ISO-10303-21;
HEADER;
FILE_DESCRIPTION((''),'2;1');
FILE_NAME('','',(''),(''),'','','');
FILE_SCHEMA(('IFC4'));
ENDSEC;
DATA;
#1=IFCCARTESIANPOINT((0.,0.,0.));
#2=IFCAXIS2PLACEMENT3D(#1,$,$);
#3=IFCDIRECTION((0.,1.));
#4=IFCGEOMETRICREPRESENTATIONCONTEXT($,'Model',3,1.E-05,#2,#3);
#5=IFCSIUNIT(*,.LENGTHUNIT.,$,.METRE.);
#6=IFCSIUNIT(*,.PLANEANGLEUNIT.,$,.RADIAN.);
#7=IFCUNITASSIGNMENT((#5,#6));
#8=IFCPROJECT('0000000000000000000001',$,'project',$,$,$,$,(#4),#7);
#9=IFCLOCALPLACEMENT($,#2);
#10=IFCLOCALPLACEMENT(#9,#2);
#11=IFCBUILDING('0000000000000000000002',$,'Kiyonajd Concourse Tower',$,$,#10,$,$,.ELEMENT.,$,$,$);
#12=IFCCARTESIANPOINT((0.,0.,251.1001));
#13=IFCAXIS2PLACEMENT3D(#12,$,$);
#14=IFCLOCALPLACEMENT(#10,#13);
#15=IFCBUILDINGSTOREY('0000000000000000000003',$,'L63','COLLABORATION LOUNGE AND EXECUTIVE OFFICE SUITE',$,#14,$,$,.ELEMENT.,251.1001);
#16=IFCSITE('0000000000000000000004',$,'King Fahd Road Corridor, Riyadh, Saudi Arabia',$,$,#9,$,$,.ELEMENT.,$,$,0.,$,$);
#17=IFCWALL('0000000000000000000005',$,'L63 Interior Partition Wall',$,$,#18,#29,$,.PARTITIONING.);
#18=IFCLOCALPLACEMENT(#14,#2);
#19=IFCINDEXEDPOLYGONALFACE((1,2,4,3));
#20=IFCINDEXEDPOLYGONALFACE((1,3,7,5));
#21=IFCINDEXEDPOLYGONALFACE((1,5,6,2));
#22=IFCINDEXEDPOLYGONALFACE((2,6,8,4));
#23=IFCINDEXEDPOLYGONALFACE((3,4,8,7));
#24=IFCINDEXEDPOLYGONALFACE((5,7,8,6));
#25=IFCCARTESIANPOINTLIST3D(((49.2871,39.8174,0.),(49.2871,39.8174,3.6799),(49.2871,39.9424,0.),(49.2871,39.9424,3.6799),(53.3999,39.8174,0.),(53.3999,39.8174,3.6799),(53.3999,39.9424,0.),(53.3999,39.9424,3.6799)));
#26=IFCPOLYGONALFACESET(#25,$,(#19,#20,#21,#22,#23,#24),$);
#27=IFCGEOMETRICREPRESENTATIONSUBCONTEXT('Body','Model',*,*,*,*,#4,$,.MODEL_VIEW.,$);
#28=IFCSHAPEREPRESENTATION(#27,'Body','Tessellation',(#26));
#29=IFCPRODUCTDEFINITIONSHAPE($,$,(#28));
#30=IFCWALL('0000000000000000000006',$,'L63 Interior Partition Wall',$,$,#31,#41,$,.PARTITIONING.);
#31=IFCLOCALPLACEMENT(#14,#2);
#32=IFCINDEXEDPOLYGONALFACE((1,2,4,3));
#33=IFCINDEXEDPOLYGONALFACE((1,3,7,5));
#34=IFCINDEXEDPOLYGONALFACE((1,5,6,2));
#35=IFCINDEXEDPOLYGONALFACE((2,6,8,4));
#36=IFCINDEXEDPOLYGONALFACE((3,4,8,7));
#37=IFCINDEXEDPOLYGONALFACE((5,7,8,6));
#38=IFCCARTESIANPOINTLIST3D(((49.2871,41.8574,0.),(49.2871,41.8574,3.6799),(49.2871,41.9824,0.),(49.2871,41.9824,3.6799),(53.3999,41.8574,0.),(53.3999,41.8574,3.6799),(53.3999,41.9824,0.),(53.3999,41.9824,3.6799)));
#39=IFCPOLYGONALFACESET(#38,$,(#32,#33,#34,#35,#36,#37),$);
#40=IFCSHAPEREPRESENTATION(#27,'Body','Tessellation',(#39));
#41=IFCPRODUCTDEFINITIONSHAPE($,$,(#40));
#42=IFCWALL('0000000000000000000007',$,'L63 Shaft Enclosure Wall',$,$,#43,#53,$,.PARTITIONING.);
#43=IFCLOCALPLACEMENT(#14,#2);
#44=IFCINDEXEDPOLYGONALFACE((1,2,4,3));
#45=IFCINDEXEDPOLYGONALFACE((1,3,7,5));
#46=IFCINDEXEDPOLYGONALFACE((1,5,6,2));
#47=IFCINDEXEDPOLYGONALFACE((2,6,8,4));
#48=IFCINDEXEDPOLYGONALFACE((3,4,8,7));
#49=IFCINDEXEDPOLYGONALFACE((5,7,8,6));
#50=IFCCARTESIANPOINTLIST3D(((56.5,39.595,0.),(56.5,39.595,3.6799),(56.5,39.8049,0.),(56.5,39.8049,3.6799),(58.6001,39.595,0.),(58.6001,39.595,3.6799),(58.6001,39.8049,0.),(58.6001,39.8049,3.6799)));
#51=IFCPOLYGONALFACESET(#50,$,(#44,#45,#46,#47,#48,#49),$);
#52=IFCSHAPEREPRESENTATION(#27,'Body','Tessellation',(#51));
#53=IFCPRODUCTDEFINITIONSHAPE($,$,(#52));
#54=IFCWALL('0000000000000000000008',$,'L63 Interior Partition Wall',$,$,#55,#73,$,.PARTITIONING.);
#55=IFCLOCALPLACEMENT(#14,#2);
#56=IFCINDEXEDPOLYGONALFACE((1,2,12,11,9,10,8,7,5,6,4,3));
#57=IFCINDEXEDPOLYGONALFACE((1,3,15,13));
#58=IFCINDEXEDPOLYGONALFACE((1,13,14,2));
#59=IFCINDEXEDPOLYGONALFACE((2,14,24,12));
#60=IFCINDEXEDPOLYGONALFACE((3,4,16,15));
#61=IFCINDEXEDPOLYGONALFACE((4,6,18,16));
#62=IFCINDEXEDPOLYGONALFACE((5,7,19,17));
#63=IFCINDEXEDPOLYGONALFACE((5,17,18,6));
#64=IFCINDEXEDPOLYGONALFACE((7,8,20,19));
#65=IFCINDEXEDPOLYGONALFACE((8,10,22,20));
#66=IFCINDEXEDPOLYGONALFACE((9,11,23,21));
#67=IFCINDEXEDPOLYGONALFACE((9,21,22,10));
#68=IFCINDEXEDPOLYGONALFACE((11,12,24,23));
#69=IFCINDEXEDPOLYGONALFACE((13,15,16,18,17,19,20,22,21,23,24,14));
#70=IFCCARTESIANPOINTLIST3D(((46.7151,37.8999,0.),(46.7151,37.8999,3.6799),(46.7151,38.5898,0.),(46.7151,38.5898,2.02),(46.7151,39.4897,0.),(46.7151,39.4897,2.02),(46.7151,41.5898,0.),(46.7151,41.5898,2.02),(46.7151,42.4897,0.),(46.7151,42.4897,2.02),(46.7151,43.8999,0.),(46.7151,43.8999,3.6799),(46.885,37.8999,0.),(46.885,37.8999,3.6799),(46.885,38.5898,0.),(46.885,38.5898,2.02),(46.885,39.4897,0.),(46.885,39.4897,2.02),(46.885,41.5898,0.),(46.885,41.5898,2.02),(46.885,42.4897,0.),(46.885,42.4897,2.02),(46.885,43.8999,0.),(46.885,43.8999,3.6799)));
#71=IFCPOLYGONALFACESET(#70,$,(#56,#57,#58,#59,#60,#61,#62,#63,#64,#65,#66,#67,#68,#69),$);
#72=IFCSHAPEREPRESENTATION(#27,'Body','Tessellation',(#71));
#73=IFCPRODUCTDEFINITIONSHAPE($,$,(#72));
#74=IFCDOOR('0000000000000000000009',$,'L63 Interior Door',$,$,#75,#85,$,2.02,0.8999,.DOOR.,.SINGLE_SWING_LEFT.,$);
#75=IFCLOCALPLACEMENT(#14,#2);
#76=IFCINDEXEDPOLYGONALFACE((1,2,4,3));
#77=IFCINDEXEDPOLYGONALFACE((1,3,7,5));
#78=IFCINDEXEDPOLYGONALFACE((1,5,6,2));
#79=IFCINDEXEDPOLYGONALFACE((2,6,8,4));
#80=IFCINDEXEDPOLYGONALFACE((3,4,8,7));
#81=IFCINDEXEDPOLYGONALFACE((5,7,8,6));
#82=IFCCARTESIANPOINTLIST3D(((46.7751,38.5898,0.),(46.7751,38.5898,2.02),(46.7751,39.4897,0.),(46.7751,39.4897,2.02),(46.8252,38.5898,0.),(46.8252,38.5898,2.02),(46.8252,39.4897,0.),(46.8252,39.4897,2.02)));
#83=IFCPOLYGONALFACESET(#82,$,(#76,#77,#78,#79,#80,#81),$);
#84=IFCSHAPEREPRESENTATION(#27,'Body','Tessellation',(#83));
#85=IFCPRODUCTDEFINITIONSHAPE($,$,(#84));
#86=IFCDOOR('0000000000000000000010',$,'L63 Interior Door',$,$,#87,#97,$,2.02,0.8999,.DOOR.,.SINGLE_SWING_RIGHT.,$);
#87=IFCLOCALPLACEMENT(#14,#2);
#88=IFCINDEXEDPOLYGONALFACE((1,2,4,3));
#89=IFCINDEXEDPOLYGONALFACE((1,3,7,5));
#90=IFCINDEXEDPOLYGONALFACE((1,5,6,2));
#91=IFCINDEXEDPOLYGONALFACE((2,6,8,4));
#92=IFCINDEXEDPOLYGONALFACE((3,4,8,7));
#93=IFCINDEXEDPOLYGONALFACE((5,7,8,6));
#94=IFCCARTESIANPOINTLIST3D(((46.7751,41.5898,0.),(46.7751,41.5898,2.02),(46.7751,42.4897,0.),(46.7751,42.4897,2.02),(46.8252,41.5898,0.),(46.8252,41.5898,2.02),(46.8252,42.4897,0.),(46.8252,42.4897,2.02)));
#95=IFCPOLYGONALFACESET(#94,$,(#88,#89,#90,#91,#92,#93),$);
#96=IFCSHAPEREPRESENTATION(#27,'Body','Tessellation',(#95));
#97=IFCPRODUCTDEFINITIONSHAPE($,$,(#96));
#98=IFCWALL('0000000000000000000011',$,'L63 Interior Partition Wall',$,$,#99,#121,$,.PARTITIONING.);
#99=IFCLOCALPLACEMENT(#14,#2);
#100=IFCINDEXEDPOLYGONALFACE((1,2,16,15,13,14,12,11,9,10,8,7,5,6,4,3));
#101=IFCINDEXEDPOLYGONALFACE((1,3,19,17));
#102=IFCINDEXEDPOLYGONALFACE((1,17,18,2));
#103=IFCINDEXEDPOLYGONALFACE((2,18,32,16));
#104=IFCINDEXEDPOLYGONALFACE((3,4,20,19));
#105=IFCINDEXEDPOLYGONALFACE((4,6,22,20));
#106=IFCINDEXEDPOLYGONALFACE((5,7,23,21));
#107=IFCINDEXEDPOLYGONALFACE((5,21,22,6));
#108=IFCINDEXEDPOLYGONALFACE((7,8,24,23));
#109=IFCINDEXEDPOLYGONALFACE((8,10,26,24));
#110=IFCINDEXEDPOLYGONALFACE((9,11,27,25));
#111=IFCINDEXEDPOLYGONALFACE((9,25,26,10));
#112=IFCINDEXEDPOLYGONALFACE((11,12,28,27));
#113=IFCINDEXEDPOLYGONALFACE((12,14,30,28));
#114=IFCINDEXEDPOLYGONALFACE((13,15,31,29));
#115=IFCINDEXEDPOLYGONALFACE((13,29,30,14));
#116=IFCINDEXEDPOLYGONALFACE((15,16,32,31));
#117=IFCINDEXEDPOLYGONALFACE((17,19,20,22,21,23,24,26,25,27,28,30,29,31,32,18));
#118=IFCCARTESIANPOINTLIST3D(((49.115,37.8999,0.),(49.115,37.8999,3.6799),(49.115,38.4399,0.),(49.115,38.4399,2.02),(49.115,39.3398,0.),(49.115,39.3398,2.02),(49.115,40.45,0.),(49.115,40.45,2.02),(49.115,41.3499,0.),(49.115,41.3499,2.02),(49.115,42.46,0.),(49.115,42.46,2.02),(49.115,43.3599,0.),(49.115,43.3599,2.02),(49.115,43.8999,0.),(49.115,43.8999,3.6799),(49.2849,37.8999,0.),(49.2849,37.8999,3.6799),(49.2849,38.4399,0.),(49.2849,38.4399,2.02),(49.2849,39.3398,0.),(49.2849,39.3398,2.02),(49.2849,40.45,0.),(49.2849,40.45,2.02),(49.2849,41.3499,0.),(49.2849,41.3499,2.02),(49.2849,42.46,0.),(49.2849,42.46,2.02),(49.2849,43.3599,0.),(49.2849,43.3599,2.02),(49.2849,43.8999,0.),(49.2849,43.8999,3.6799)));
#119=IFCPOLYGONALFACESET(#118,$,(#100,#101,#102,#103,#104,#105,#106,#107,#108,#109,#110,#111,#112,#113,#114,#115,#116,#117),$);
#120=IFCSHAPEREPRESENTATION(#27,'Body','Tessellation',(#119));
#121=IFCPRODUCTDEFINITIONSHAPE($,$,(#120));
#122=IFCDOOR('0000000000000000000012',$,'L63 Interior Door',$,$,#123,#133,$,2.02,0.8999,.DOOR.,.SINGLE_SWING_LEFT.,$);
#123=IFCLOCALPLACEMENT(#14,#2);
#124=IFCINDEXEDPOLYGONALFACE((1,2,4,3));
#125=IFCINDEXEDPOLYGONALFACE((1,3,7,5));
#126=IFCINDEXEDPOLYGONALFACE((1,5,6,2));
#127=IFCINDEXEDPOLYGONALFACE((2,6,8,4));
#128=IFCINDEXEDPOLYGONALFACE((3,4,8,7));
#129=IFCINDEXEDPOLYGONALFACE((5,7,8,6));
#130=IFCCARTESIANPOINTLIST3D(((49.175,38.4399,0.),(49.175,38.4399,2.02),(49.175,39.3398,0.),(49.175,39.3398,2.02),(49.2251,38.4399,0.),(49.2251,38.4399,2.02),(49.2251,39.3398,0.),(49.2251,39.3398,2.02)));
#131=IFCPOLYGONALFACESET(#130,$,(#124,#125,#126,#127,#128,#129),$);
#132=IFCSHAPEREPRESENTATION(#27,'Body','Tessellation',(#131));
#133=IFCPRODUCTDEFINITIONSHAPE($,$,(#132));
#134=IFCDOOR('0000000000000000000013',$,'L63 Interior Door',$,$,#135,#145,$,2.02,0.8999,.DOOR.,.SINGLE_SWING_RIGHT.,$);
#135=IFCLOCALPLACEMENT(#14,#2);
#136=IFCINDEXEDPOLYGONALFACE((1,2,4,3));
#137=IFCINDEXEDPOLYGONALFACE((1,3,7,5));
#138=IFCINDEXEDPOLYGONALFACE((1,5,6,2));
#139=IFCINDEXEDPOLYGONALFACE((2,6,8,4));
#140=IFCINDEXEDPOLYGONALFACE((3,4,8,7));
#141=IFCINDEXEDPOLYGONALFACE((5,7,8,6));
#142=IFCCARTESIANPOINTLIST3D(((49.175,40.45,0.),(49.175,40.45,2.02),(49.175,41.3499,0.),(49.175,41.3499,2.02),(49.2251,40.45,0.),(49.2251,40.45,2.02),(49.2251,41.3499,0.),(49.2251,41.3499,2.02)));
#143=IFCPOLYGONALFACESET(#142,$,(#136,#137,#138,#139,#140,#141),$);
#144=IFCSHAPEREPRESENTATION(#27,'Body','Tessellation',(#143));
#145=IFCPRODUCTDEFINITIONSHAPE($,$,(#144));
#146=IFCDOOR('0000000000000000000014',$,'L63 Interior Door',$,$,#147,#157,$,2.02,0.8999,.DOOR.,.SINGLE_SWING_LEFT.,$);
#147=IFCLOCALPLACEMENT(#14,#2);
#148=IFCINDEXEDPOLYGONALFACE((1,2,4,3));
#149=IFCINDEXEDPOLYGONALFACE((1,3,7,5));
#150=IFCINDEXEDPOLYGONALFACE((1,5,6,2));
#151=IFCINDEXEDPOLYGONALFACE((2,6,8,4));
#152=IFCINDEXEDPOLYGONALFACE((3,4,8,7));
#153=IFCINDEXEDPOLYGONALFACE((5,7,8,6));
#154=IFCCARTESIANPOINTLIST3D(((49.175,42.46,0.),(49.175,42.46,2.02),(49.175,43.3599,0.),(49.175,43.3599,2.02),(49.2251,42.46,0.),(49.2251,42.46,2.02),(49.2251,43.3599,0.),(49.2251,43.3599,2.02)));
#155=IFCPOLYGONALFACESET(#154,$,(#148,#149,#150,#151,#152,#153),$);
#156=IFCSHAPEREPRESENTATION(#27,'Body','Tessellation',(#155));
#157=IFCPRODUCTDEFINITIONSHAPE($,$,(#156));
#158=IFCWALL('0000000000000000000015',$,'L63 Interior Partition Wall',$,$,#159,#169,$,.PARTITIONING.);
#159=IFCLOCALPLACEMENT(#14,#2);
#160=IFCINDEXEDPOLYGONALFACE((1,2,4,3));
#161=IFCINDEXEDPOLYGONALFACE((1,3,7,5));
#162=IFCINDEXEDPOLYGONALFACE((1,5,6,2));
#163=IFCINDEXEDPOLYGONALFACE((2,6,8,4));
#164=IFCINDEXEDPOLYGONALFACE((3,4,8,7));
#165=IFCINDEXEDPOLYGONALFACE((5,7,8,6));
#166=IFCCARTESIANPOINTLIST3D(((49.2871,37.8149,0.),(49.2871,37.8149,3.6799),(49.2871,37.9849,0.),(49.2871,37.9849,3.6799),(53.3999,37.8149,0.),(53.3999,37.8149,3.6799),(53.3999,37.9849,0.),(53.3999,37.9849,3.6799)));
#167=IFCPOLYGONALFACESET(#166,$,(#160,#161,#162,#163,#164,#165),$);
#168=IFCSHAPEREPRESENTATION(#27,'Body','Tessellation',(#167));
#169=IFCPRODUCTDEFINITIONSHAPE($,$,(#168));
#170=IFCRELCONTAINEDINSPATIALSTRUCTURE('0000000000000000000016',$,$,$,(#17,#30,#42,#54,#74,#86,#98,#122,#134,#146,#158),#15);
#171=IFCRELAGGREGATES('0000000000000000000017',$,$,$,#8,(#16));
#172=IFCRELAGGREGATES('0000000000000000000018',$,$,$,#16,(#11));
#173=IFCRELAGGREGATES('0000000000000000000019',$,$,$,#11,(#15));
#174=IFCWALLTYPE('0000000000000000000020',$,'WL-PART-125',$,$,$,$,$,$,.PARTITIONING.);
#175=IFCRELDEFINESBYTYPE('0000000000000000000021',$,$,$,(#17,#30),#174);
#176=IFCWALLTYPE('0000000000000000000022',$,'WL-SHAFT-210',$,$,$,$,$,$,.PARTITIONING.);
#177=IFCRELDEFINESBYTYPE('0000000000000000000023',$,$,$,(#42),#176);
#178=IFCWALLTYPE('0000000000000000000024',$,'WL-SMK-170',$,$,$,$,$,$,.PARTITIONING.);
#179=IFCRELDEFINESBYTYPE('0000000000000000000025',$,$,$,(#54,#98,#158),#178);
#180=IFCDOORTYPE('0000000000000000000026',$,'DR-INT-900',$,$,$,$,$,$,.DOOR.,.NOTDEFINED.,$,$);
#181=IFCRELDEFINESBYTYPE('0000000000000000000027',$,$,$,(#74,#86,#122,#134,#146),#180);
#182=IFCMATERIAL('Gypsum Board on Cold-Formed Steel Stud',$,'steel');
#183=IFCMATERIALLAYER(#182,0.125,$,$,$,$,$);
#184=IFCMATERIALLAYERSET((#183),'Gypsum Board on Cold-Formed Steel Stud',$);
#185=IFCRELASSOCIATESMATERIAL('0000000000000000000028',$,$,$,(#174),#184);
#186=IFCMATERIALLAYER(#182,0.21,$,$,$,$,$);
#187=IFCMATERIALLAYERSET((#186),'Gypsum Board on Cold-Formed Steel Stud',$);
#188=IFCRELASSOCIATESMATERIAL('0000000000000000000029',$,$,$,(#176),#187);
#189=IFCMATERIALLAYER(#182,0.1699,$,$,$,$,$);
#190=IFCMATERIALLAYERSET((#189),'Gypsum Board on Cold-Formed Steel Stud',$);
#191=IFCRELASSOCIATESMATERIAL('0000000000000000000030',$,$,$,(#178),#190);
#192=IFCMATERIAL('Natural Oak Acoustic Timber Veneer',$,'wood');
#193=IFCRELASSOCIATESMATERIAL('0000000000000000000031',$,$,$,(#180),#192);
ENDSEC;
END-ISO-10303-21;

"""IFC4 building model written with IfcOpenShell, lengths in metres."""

from ifc_helpers import new_model, si_unit, direction, frame, frame_2d, origin, place, context, subcontext, project, spatial, rectangle, extrude, material, layer, layer_set, type_object, element, fill, save


model = new_model("IFC4")

# Units and contexts
model_context = context("Model", 3, precision=1e-05, world=origin(), true_north=direction((0.0, 1.0)))
body_context = subcontext(model_context, "Body", "Model", "MODEL_VIEW")
ifc_project = project(units=[si_unit("LENGTHUNIT", "METRE"), si_unit("PLANEANGLEUNIT", "RADIAN")], contexts=[model_context])

# Site, building, storey
site_placement = place(None, origin())
site = spatial("IfcSite", under=ifc_project, at=site_placement, Name="King Fahd Road Corridor, Riyadh, Saudi Arabia", CompositionType="ELEMENT", RefElevation=0.0)
building_placement = place(site_placement, origin())
building = spatial("IfcBuilding", under=site, at=building_placement, Name="Kiyonajd Concourse Tower", CompositionType="ELEMENT")
storey_placement = place(building_placement, frame((0.0, 0.0, 251.1001)))
storey = spatial("IfcBuildingStorey", under=building, at=storey_placement, Name="L63", Description="COLLABORATION LOUNGE AND EXECUTIVE OFFICE SUITE", CompositionType="ELEMENT", Elevation=251.1001)

# Walls
ifc_material_1 = material(Name="Gypsum Board on Cold-Formed Steel Stud", Category="steel")
ifc_layer_1 = layer(ifc_material_1, 0.125)
ifc_layer_set_1 = layer_set([ifc_layer_1], Name="Gypsum Board on Cold-Formed Steel Stud")
wall_type_1 = type_object("IfcWallType", Name="WL-PART-125", PredefinedType="PARTITIONING", material=ifc_layer_set_1)
for number, where, z_axis, x_axis, name in (
    (1, (49.2871, 39.8799, 0.0), (0.0, 0.0, 1.0), (1.0, 0.0, 0.0), "L63 Interior Partition Wall"),
    (2, (49.2871, 41.9199, 0.0), (0.0, 0.0, 1.0), (1.0, 0.0, 0.0), "L63 Interior Partition Wall"),
):
    element("IfcWall", number, at=place(storey_placement, frame(where, z_axis=z_axis, x_axis=x_axis)), inside=storey, type_object=wall_type_1, Name=name, PredefinedType="PARTITIONING", context=body_context, shape_type="SweptSolid", body=[
        extrude(rectangle(XDim=4.1128, YDim=0.125, at=frame_2d((2.0564, 0.0))), origin(), (0.0, 0.0, 1.0), 3.6799),
    ])
ifc_layer_2 = layer(ifc_material_1, 0.21)
ifc_layer_set_2 = layer_set([ifc_layer_2], Name="Gypsum Board on Cold-Formed Steel Stud")
wall_type_2 = type_object("IfcWallType", Name="WL-SHAFT-210", PredefinedType="PARTITIONING", material=ifc_layer_set_2)
wall_1_placement = place(storey_placement, frame((56.5, 39.7, 0.0), z_axis=(0.0, 0.0, 1.0), x_axis=(1.0, 0.0, 0.0)))
element("IfcWall", 3, at=wall_1_placement, inside=storey, type_object=wall_type_2, Name="L63 Shaft Enclosure Wall", PredefinedType="PARTITIONING", context=body_context, shape_type="SweptSolid", body=[
    extrude(rectangle(XDim=2.1001, YDim=0.21, at=frame_2d((1.05, 0.0))), origin(), (0.0, 0.0, 1.0), 3.6799),
])

# Walls, openings, doors
ifc_layer_3 = layer(ifc_material_1, 0.1699)
ifc_layer_set_3 = layer_set([ifc_layer_3], Name="Gypsum Board on Cold-Formed Steel Stud")
wall_type_3 = type_object("IfcWallType", Name="WL-SMK-170", PredefinedType="PARTITIONING", material=ifc_layer_set_3)
wall_2_placement = place(storey_placement, frame((46.8, 37.8999, 0.0), z_axis=(0.0, 0.0, 1.0), x_axis=(0.0, 1.0, 0.0)))
wall_2 = element("IfcWall", 4, at=wall_2_placement, inside=storey, type_object=wall_type_3, Name="L63 Interior Partition Wall", PredefinedType="PARTITIONING", context=body_context, shape_type="SweptSolid", body=[
    extrude(rectangle(XDim=6.0, YDim=0.1699, at=frame_2d((3.0, 0.0))), origin(), (0.0, 0.0, 1.0), 3.6799),
])
opening_1_placement = place(wall_2_placement, frame((0.6899, 0.0, 0.0)))
opening_1 = element("IfcOpeningElement", 5, at=opening_1_placement, cuts=wall_2, PredefinedType="OPENING", context=body_context, shape_type="SweptSolid", body=[
    extrude(rectangle(XDim=0.8999, YDim=2.02, at=frame_2d((0.45, 1.01))), frame((0.0, 0.095, 0.0), z_axis=(0.0, -1.0, 0.0), x_axis=(1.0, 0.0, 0.0)), (0.0, 0.0, 1.0), 0.1899),
])
opening_2_placement = place(wall_2_placement, frame((3.6899, 0.0, 0.0)))
opening_2 = element("IfcOpeningElement", 6, at=opening_2_placement, cuts=wall_2, PredefinedType="OPENING", context=body_context, shape_type="SweptSolid", body=[
    extrude(rectangle(XDim=0.8999, YDim=2.02, at=frame_2d((0.45, 1.01))), frame((0.0, 0.095, 0.0), z_axis=(0.0, -1.0, 0.0), x_axis=(1.0, 0.0, 0.0)), (0.0, 0.0, 1.0), 0.1899),
])
ifc_material_2 = material(Name="Natural Oak Acoustic Timber Veneer", Category="wood")
door_type_1 = type_object("IfcDoorType", Name="DR-INT-900", OperationType="NOTDEFINED", PredefinedType="DOOR", material=ifc_material_2)
door_1_placement = place(opening_1_placement, origin())
door_1 = element("IfcDoor", 7, at=door_1_placement, inside=storey, type_object=door_type_1, Name="L63 Interior Door", OperationType="SINGLE_SWING_LEFT", OverallHeight=2.02, OverallWidth=0.8999, PredefinedType="DOOR", context=body_context, shape_type="SweptSolid", body=[
    extrude(rectangle(XDim=0.8999, YDim=2.02, at=frame_2d((0.45, 1.01))), frame((0.0, 0.0249, 0.0), z_axis=(0.0, -1.0, 0.0), x_axis=(1.0, 0.0, 0.0)), (0.0, 0.0, 1.0), 0.05),
])
fill(opening_1, door_1)
door_2_placement = place(opening_2_placement, origin())
door_2 = element("IfcDoor", 8, at=door_2_placement, inside=storey, type_object=door_type_1, Name="L63 Interior Door", OperationType="SINGLE_SWING_RIGHT", OverallHeight=2.02, OverallWidth=0.8999, PredefinedType="DOOR", context=body_context, shape_type="SweptSolid", body=[
    extrude(rectangle(XDim=0.8999, YDim=2.02, at=frame_2d((0.45, 1.01))), frame((0.0, 0.0249, 0.0), z_axis=(0.0, -1.0, 0.0), x_axis=(1.0, 0.0, 0.0)), (0.0, 0.0, 1.0), 0.05),
])
fill(opening_2, door_2)
wall_3_placement = place(storey_placement, frame((49.2, 37.8999, 0.0), z_axis=(0.0, 0.0, 1.0), x_axis=(0.0, 1.0, 0.0)))
wall_3 = element("IfcWall", 9, at=wall_3_placement, inside=storey, type_object=wall_type_3, Name="L63 Interior Partition Wall", PredefinedType="PARTITIONING", context=body_context, shape_type="SweptSolid", body=[
    extrude(rectangle(XDim=6.0, YDim=0.1699, at=frame_2d((3.0, 0.0))), origin(), (0.0, 0.0, 1.0), 3.6799),
])
opening_3_placement = place(wall_3_placement, frame((0.54, 0.0, 0.0)))
opening_3 = element("IfcOpeningElement", 10, at=opening_3_placement, cuts=wall_3, PredefinedType="OPENING", context=body_context, shape_type="SweptSolid", body=[
    extrude(rectangle(XDim=0.8999, YDim=2.02, at=frame_2d((0.45, 1.01))), frame((0.0, 0.095, 0.0), z_axis=(0.0, -1.0, 0.0), x_axis=(1.0, 0.0, 0.0)), (0.0, 0.0, 1.0), 0.1899),
])
opening_4_placement = place(wall_3_placement, frame((2.55, 0.0, 0.0)))
opening_4 = element("IfcOpeningElement", 11, at=opening_4_placement, cuts=wall_3, PredefinedType="OPENING", context=body_context, shape_type="SweptSolid", body=[
    extrude(rectangle(XDim=0.8999, YDim=2.02, at=frame_2d((0.45, 1.01))), frame((0.0, 0.095, 0.0), z_axis=(0.0, -1.0, 0.0), x_axis=(1.0, 0.0, 0.0)), (0.0, 0.0, 1.0), 0.1899),
])
opening_5_placement = place(wall_3_placement, frame((4.5601, 0.0, 0.0)))
opening_5 = element("IfcOpeningElement", 12, at=opening_5_placement, cuts=wall_3, PredefinedType="OPENING", context=body_context, shape_type="SweptSolid", body=[
    extrude(rectangle(XDim=0.8999, YDim=2.02, at=frame_2d((0.45, 1.01))), frame((0.0, 0.095, 0.0), z_axis=(0.0, -1.0, 0.0), x_axis=(1.0, 0.0, 0.0)), (0.0, 0.0, 1.0), 0.1899),
])
door_3_placement = place(opening_3_placement, origin())
door_3 = element("IfcDoor", 13, at=door_3_placement, inside=storey, type_object=door_type_1, Name="L63 Interior Door", OperationType="SINGLE_SWING_LEFT", OverallHeight=2.02, OverallWidth=0.8999, PredefinedType="DOOR", context=body_context, shape_type="SweptSolid", body=[
    extrude(rectangle(XDim=0.8999, YDim=2.02, at=frame_2d((0.45, 1.01))), frame((0.0, 0.0249, 0.0), z_axis=(0.0, -1.0, 0.0), x_axis=(1.0, 0.0, 0.0)), (0.0, 0.0, 1.0), 0.05),
])
fill(opening_3, door_3)
door_4_placement = place(opening_4_placement, origin())
door_4 = element("IfcDoor", 14, at=door_4_placement, inside=storey, type_object=door_type_1, Name="L63 Interior Door", OperationType="SINGLE_SWING_RIGHT", OverallHeight=2.02, OverallWidth=0.8999, PredefinedType="DOOR", context=body_context, shape_type="SweptSolid", body=[
    extrude(rectangle(XDim=0.8999, YDim=2.02, at=frame_2d((0.45, 1.01))), frame((0.0, 0.0249, 0.0), z_axis=(0.0, -1.0, 0.0), x_axis=(1.0, 0.0, 0.0)), (0.0, 0.0, 1.0), 0.05),
])
fill(opening_4, door_4)
door_5_placement = place(opening_5_placement, origin())
door_5 = element("IfcDoor", 15, at=door_5_placement, inside=storey, type_object=door_type_1, Name="L63 Interior Door", OperationType="SINGLE_SWING_LEFT", OverallHeight=2.02, OverallWidth=0.8999, PredefinedType="DOOR", context=body_context, shape_type="SweptSolid", body=[
    extrude(rectangle(XDim=0.8999, YDim=2.02, at=frame_2d((0.45, 1.01))), frame((0.0, 0.0249, 0.0), z_axis=(0.0, -1.0, 0.0), x_axis=(1.0, 0.0, 0.0)), (0.0, 0.0, 1.0), 0.05),
])
fill(opening_5, door_5)

# Wall
wall_4_placement = place(storey_placement, frame((49.2871, 37.8999, 0.0), z_axis=(0.0, 0.0, 1.0), x_axis=(1.0, 0.0, 0.0)))
element("IfcWall", 16, at=wall_4_placement, inside=storey, type_object=wall_type_3, Name="L63 Interior Partition Wall", PredefinedType="PARTITIONING", context=body_context, shape_type="SweptSolid", body=[
    extrude(rectangle(XDim=4.1128, YDim=0.1699, at=frame_2d((2.0564, 0.0))), origin(), (0.0, 0.0, 1.0), 3.6799),
])

save(model, "model.ifc")
